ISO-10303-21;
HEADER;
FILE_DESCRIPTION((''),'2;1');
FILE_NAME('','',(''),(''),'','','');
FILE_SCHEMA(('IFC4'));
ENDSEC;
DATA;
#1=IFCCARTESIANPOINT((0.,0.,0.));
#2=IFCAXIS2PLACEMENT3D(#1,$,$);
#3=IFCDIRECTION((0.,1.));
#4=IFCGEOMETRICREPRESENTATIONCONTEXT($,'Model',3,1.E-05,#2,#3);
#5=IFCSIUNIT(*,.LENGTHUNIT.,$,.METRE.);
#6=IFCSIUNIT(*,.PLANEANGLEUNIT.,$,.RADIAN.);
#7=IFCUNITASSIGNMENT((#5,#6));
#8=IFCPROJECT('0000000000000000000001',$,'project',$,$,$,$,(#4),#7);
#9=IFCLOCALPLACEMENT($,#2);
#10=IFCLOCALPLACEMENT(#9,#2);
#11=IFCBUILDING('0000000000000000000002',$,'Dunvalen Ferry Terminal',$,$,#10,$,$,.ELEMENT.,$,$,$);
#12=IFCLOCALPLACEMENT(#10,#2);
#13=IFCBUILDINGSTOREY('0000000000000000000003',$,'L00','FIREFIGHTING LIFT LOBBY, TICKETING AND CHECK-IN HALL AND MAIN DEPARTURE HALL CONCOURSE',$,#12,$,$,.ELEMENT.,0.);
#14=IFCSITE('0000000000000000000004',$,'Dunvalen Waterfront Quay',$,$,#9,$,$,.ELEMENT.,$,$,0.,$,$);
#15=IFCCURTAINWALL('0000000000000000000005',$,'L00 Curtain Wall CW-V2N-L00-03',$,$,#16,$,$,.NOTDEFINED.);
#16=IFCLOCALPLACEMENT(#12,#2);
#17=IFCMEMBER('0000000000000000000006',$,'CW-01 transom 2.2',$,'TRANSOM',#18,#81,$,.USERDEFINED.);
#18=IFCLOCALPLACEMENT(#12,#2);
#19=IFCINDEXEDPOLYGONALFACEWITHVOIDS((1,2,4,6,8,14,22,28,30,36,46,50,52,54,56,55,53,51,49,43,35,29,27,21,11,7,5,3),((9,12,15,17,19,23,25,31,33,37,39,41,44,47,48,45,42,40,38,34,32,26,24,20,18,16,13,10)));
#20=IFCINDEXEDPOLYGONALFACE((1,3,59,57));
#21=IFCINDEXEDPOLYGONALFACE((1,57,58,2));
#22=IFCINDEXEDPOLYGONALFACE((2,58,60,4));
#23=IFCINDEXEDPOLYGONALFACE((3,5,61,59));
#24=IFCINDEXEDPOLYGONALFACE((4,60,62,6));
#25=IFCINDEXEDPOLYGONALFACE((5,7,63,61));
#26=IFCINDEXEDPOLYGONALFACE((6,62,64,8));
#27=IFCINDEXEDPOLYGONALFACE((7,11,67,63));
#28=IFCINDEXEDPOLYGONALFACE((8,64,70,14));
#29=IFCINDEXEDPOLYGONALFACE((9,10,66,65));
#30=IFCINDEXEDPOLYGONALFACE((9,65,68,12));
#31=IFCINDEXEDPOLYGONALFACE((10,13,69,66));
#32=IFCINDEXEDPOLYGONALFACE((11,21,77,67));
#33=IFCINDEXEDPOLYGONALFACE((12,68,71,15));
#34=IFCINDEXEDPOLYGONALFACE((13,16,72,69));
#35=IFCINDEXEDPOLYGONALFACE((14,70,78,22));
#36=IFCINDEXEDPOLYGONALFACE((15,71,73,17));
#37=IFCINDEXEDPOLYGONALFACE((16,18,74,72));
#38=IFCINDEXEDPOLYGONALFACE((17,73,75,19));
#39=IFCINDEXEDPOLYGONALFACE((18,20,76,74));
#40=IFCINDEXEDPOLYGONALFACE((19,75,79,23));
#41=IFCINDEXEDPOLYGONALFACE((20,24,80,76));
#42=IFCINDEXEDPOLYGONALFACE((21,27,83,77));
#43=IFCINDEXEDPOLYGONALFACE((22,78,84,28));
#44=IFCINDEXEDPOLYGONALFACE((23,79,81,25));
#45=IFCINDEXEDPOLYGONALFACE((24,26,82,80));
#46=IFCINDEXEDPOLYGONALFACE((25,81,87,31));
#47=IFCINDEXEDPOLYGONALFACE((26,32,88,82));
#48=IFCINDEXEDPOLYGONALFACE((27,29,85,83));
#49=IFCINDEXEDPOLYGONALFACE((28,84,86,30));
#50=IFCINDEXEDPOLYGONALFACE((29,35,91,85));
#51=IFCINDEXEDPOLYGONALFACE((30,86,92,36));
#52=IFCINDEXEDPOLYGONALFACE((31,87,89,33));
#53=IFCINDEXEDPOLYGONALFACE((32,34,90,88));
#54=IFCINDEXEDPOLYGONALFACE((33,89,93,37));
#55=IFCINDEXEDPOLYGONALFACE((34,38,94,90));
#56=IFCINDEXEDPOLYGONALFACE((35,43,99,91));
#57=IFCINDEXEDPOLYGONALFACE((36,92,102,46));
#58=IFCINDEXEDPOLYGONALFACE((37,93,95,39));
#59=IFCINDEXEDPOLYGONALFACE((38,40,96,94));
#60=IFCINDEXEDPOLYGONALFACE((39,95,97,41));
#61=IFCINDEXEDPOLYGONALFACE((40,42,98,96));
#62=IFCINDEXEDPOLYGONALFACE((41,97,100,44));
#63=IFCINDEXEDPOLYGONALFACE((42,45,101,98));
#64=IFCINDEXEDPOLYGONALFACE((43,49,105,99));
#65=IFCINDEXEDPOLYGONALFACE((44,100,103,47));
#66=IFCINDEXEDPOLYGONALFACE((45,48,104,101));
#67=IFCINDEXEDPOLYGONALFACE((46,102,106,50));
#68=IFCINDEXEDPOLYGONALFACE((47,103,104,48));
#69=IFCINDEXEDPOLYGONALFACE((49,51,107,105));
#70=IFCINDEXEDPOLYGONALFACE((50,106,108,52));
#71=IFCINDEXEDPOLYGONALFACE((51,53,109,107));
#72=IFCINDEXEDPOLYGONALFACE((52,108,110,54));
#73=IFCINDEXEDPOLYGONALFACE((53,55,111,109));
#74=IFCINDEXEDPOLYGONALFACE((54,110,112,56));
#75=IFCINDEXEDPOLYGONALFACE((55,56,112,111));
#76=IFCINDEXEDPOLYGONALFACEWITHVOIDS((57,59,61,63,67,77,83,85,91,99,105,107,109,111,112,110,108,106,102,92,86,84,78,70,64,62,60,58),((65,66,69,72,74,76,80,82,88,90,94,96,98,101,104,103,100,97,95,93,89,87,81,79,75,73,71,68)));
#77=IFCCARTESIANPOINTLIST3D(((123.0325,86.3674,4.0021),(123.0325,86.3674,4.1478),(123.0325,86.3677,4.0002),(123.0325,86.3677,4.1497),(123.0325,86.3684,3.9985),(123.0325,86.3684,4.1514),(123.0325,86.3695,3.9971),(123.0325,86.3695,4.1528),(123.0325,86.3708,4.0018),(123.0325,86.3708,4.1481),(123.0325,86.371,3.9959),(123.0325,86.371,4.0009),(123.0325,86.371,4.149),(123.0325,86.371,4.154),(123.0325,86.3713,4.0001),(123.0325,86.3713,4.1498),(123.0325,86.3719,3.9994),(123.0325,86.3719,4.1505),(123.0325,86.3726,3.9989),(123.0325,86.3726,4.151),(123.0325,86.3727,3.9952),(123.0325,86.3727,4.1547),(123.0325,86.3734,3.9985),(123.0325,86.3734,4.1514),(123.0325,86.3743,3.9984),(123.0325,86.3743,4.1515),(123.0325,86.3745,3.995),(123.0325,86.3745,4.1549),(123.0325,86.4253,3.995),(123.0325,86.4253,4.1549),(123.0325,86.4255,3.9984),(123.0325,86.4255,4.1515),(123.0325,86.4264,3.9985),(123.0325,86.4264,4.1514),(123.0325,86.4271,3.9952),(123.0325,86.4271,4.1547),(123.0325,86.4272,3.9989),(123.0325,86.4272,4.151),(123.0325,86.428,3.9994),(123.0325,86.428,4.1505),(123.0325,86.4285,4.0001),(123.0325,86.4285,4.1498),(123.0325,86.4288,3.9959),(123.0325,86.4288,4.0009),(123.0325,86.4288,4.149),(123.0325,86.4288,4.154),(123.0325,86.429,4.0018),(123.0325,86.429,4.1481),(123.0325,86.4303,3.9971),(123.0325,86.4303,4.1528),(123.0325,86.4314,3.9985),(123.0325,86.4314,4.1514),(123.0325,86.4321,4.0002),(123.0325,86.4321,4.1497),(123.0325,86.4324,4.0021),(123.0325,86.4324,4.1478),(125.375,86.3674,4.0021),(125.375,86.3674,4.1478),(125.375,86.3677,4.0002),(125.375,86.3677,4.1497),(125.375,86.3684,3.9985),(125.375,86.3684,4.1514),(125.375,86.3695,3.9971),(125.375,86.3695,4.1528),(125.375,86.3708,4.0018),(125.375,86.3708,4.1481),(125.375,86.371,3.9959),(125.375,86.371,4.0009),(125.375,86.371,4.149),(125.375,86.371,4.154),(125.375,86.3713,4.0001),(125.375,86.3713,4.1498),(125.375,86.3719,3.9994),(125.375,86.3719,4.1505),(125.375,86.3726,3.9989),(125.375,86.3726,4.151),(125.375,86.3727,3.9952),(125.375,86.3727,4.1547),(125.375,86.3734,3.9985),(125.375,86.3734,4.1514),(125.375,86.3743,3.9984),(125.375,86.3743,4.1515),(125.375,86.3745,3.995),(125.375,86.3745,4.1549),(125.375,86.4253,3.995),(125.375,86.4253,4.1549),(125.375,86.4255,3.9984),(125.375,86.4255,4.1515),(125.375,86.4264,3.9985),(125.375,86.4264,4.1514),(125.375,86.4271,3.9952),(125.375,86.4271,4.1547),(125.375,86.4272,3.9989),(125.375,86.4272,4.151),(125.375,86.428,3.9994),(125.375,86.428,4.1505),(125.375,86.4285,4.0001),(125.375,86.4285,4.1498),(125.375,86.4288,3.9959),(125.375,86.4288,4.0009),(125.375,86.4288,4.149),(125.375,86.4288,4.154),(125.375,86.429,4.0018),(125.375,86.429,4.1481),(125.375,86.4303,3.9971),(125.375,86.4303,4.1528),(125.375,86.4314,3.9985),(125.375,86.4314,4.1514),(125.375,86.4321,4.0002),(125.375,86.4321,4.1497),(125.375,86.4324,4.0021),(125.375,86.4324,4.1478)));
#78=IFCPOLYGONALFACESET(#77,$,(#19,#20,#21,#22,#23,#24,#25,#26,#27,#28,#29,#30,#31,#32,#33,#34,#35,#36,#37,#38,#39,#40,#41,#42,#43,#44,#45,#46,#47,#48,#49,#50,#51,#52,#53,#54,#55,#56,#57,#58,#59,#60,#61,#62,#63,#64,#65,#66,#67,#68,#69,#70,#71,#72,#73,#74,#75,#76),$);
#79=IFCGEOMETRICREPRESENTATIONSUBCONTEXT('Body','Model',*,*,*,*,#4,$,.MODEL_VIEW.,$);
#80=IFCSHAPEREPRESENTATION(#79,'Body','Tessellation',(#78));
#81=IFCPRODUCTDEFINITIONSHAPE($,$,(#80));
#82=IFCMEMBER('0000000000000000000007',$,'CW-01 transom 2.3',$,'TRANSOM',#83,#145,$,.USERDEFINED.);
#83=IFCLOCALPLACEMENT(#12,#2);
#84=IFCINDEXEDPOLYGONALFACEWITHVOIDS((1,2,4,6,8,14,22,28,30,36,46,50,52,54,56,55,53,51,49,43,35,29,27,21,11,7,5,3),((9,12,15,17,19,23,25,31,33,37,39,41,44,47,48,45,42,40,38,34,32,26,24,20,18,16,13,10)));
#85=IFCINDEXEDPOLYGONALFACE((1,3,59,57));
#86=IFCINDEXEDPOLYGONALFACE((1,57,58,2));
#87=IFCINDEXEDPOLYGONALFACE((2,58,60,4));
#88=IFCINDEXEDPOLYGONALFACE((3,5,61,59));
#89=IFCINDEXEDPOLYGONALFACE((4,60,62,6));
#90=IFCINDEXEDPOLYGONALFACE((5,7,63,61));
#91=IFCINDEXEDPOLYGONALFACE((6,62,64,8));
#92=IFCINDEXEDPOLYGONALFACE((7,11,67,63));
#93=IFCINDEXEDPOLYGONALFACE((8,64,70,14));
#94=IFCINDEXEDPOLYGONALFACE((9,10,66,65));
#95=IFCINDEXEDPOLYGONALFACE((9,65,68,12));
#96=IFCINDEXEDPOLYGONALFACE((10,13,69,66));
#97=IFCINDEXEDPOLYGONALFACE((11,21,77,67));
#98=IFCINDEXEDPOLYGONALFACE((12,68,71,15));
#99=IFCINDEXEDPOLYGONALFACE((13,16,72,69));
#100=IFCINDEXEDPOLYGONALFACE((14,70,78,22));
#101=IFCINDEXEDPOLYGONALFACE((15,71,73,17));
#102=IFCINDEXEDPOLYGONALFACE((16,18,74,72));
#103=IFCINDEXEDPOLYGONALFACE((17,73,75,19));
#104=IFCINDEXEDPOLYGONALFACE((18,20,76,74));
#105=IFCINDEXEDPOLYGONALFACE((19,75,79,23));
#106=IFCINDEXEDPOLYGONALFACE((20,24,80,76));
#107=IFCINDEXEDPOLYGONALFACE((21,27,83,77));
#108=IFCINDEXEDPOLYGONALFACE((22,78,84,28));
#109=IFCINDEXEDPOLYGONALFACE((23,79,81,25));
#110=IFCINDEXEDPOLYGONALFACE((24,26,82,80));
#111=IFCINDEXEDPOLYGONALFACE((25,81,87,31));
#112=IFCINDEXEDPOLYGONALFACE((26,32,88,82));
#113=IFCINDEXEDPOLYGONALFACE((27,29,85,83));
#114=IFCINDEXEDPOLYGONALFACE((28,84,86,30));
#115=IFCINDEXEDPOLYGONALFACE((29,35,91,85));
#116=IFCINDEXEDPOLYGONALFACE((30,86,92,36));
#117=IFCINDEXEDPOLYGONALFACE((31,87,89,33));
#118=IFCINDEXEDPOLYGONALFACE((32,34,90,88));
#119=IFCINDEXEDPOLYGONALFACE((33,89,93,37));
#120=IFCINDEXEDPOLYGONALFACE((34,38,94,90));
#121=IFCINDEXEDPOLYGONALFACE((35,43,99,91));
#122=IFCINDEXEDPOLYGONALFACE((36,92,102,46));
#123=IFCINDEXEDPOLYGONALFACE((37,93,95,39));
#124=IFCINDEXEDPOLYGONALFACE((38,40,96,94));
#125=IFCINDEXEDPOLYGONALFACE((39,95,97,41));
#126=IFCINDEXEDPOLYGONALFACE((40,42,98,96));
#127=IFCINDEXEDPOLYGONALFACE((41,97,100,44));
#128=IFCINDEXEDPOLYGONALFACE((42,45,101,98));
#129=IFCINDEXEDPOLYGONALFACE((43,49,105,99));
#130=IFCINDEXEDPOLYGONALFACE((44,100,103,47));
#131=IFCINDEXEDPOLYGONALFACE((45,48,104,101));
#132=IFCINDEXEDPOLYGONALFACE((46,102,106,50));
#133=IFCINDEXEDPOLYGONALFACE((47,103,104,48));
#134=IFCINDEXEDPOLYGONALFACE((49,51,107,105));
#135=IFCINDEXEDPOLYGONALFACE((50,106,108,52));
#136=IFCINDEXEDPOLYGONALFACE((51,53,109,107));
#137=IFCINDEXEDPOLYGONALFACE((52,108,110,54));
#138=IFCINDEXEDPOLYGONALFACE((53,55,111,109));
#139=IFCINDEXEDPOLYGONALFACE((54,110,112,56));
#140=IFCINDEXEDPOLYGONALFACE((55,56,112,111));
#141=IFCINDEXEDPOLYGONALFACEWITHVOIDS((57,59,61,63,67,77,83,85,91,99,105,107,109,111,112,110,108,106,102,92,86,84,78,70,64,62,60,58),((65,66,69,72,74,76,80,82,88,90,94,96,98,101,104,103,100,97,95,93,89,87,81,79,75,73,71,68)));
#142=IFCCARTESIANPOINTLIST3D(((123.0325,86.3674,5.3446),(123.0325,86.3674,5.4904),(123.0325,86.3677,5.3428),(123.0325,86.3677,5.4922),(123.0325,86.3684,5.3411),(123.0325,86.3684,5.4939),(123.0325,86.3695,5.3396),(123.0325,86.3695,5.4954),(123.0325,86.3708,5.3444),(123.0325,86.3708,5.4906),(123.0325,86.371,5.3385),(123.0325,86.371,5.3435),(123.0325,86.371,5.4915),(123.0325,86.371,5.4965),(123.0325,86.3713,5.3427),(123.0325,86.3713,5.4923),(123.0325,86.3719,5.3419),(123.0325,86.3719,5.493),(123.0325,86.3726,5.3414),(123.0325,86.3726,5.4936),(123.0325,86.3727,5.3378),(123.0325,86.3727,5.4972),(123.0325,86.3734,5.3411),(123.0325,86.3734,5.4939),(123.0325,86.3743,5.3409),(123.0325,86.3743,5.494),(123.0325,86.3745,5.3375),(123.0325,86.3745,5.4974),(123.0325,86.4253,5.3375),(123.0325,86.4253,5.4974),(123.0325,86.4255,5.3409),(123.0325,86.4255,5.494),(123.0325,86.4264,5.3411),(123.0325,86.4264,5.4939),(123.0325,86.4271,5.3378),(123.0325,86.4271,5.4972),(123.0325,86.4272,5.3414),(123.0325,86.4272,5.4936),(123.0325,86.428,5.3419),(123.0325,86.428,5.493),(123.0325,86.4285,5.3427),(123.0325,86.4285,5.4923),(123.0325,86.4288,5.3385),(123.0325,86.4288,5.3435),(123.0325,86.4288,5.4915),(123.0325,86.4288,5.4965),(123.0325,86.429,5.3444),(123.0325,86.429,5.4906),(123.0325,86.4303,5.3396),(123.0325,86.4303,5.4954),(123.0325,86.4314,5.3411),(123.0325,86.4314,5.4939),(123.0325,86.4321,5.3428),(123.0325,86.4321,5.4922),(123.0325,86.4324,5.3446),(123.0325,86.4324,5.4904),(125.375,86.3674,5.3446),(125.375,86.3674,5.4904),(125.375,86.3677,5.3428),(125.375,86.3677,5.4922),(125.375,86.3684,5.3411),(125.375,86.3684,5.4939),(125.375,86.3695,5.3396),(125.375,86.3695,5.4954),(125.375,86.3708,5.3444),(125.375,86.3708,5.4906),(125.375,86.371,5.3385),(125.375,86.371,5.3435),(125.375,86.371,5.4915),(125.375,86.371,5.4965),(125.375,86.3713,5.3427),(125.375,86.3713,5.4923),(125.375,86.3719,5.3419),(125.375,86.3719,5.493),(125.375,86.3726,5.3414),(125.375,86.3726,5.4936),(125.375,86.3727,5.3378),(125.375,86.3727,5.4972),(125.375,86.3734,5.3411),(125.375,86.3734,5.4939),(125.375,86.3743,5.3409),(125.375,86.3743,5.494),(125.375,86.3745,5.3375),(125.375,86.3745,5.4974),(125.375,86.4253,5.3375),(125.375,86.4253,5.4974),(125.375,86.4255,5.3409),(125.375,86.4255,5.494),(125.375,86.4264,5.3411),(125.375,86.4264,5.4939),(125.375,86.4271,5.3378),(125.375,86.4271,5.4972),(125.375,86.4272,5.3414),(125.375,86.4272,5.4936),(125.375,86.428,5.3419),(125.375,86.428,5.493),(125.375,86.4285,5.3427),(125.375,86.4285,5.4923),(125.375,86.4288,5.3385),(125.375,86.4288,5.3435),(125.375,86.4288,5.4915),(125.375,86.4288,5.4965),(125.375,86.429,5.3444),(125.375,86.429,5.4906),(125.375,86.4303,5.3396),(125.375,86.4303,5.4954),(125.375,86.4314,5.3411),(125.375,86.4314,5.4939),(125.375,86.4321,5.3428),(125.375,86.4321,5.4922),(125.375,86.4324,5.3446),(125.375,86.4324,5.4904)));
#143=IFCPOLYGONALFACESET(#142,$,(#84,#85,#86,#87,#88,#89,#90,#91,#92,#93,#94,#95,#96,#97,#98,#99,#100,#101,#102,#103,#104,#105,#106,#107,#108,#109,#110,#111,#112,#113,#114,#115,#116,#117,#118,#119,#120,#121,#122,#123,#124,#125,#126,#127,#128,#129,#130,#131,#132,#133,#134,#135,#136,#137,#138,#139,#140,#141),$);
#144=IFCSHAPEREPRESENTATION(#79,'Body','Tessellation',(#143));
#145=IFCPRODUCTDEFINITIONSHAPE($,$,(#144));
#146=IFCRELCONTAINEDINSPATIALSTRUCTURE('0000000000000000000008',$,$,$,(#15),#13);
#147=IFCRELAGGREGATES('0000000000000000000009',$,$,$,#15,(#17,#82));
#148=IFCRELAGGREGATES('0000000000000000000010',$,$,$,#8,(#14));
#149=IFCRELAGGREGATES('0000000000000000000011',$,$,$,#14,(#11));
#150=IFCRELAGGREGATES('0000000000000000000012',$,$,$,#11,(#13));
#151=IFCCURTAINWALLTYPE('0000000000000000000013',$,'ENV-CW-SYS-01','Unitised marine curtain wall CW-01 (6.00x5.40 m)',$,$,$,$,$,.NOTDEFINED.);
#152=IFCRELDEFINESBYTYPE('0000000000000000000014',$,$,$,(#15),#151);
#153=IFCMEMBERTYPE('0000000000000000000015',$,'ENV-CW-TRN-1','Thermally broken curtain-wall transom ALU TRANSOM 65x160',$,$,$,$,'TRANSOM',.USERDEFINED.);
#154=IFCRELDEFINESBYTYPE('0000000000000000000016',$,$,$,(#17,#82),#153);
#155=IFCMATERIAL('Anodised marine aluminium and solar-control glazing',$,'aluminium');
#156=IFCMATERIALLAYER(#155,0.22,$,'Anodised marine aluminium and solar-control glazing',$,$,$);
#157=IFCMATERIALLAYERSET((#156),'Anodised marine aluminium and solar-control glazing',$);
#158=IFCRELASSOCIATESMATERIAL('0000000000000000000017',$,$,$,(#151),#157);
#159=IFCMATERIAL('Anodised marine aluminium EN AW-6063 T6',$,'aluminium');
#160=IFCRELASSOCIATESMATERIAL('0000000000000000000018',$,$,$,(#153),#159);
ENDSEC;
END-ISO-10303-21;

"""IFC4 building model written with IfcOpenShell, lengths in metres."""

from ifc_helpers import new_model, si_unit, direction, frame, origin, origin_2d, place, context, subcontext, project, spatial, hollow_rectangle, extrude, material, layer, layer_set, material_profile, profile_set, type_object, element, aggregate, save


model = new_model("IFC4")

# Units and contexts
model_context = context("Model", 3, precision=1e-05, world=origin(), true_north=direction((0.0, 1.0)))
body_context = subcontext(model_context, "Body", "Model", "MODEL_VIEW")
ifc_project = project(units=[si_unit("LENGTHUNIT", "METRE"), si_unit("PLANEANGLEUNIT", "RADIAN")], contexts=[model_context])

# Site, building, storey
site_placement = place(None, origin())
site = spatial("IfcSite", under=ifc_project, at=site_placement, Name="Dunvalen Waterfront Quay", CompositionType="ELEMENT", RefElevation=0.0)
building_placement = place(site_placement, origin())
building = spatial("IfcBuilding", under=site, at=building_placement, Name="Dunvalen Ferry Terminal", CompositionType="ELEMENT")
storey_placement = place(building_placement, origin())
storey = spatial("IfcBuildingStorey", under=building, at=storey_placement, Name="L00", Description="FIREFIGHTING LIFT LOBBY, TICKETING AND CHECK-IN HALL AND MAIN DEPARTURE HALL CONCOURSE", CompositionType="ELEMENT", Elevation=0.0)

# Curtain wall
ifc_material_1 = material(Name="Anodised marine aluminium and solar-control glazing", Category="aluminium")
ifc_layer_1 = layer(ifc_material_1, 0.22, Name="Anodised marine aluminium and solar-control glazing")
ifc_layer_set_1 = layer_set([ifc_layer_1], Name="Anodised marine aluminium and solar-control glazing")
curtain_wall_type = type_object("IfcCurtainWallType", Name="ENV-CW-SYS-01", Description="Unitised marine curtain wall CW-01 (6.00x5.40 m)", PredefinedType="NOTDEFINED", material=ifc_layer_set_1)
curtain_wall_1_placement = place(storey_placement, origin())
curtain_wall_1 = element("IfcCurtainWall", 1, at=curtain_wall_1_placement, inside=storey, type_object=curtain_wall_type, Name="L00 Curtain Wall CW-V2N-L00-03", PredefinedType="NOTDEFINED")
ifc_material_2 = material(Name="Anodised marine aluminium EN AW-6063 T6", Category="aluminium")

# Members
ifc_material_profile_1 = material_profile(ifc_material_2, hollow_rectangle(XDim=0.0649, YDim=0.1599, WallThickness=0.0034, InnerFilletRadius=0.0034, OuterFilletRadius=0.0071, at=origin_2d()), Name="Anodised marine aluminium EN AW-6063 T6")
ifc_profile_set_1 = profile_set([ifc_material_profile_1], Name="Anodised marine aluminium EN AW-6063 T6")
member_type_1 = type_object("IfcMemberType", Name="ENV-CW-TRN-1", Description="Thermally broken curtain-wall transom ALU TRANSOM 65x160", ElementType="TRANSOM", PredefinedType="USERDEFINED", material=ifc_profile_set_1)
member_1_placement = place(storey_placement, frame((123.0325, 86.3999, 4.075), z_axis=(1.0, 0.0, 0.0), x_axis=(0.0, 1.0, 0.0)))
member_1 = element("IfcMember", 2, at=member_1_placement, type_object=member_type_1, Name="CW-01 transom 2.2", ObjectType="TRANSOM", PredefinedType="USERDEFINED", context=body_context, shape_type="SweptSolid", body=[
    extrude(hollow_rectangle(XDim=0.0649, YDim=0.1599, WallThickness=0.0034, InnerFilletRadius=0.0034, OuterFilletRadius=0.0071, at=origin_2d()), origin(), (0.0, 0.0, 1.0), 2.3425),
])
member_2_placement = place(storey_placement, frame((123.0325, 86.3999, 5.4175), z_axis=(1.0, 0.0, 0.0), x_axis=(0.0, 1.0, 0.0)))
member_2 = element("IfcMember", 3, at=member_2_placement, type_object=member_type_1, Name="CW-01 transom 2.3", ObjectType="TRANSOM", PredefinedType="USERDEFINED", context=body_context, shape_type="SweptSolid", body=[
    extrude(hollow_rectangle(XDim=0.0649, YDim=0.1599, WallThickness=0.0034, InnerFilletRadius=0.0034, OuterFilletRadius=0.0071, at=origin_2d()), origin(), (0.0, 0.0, 1.0), 2.3425),
])

aggregate(curtain_wall_1, [member_1, member_2])

save(model, "model.ifc")
